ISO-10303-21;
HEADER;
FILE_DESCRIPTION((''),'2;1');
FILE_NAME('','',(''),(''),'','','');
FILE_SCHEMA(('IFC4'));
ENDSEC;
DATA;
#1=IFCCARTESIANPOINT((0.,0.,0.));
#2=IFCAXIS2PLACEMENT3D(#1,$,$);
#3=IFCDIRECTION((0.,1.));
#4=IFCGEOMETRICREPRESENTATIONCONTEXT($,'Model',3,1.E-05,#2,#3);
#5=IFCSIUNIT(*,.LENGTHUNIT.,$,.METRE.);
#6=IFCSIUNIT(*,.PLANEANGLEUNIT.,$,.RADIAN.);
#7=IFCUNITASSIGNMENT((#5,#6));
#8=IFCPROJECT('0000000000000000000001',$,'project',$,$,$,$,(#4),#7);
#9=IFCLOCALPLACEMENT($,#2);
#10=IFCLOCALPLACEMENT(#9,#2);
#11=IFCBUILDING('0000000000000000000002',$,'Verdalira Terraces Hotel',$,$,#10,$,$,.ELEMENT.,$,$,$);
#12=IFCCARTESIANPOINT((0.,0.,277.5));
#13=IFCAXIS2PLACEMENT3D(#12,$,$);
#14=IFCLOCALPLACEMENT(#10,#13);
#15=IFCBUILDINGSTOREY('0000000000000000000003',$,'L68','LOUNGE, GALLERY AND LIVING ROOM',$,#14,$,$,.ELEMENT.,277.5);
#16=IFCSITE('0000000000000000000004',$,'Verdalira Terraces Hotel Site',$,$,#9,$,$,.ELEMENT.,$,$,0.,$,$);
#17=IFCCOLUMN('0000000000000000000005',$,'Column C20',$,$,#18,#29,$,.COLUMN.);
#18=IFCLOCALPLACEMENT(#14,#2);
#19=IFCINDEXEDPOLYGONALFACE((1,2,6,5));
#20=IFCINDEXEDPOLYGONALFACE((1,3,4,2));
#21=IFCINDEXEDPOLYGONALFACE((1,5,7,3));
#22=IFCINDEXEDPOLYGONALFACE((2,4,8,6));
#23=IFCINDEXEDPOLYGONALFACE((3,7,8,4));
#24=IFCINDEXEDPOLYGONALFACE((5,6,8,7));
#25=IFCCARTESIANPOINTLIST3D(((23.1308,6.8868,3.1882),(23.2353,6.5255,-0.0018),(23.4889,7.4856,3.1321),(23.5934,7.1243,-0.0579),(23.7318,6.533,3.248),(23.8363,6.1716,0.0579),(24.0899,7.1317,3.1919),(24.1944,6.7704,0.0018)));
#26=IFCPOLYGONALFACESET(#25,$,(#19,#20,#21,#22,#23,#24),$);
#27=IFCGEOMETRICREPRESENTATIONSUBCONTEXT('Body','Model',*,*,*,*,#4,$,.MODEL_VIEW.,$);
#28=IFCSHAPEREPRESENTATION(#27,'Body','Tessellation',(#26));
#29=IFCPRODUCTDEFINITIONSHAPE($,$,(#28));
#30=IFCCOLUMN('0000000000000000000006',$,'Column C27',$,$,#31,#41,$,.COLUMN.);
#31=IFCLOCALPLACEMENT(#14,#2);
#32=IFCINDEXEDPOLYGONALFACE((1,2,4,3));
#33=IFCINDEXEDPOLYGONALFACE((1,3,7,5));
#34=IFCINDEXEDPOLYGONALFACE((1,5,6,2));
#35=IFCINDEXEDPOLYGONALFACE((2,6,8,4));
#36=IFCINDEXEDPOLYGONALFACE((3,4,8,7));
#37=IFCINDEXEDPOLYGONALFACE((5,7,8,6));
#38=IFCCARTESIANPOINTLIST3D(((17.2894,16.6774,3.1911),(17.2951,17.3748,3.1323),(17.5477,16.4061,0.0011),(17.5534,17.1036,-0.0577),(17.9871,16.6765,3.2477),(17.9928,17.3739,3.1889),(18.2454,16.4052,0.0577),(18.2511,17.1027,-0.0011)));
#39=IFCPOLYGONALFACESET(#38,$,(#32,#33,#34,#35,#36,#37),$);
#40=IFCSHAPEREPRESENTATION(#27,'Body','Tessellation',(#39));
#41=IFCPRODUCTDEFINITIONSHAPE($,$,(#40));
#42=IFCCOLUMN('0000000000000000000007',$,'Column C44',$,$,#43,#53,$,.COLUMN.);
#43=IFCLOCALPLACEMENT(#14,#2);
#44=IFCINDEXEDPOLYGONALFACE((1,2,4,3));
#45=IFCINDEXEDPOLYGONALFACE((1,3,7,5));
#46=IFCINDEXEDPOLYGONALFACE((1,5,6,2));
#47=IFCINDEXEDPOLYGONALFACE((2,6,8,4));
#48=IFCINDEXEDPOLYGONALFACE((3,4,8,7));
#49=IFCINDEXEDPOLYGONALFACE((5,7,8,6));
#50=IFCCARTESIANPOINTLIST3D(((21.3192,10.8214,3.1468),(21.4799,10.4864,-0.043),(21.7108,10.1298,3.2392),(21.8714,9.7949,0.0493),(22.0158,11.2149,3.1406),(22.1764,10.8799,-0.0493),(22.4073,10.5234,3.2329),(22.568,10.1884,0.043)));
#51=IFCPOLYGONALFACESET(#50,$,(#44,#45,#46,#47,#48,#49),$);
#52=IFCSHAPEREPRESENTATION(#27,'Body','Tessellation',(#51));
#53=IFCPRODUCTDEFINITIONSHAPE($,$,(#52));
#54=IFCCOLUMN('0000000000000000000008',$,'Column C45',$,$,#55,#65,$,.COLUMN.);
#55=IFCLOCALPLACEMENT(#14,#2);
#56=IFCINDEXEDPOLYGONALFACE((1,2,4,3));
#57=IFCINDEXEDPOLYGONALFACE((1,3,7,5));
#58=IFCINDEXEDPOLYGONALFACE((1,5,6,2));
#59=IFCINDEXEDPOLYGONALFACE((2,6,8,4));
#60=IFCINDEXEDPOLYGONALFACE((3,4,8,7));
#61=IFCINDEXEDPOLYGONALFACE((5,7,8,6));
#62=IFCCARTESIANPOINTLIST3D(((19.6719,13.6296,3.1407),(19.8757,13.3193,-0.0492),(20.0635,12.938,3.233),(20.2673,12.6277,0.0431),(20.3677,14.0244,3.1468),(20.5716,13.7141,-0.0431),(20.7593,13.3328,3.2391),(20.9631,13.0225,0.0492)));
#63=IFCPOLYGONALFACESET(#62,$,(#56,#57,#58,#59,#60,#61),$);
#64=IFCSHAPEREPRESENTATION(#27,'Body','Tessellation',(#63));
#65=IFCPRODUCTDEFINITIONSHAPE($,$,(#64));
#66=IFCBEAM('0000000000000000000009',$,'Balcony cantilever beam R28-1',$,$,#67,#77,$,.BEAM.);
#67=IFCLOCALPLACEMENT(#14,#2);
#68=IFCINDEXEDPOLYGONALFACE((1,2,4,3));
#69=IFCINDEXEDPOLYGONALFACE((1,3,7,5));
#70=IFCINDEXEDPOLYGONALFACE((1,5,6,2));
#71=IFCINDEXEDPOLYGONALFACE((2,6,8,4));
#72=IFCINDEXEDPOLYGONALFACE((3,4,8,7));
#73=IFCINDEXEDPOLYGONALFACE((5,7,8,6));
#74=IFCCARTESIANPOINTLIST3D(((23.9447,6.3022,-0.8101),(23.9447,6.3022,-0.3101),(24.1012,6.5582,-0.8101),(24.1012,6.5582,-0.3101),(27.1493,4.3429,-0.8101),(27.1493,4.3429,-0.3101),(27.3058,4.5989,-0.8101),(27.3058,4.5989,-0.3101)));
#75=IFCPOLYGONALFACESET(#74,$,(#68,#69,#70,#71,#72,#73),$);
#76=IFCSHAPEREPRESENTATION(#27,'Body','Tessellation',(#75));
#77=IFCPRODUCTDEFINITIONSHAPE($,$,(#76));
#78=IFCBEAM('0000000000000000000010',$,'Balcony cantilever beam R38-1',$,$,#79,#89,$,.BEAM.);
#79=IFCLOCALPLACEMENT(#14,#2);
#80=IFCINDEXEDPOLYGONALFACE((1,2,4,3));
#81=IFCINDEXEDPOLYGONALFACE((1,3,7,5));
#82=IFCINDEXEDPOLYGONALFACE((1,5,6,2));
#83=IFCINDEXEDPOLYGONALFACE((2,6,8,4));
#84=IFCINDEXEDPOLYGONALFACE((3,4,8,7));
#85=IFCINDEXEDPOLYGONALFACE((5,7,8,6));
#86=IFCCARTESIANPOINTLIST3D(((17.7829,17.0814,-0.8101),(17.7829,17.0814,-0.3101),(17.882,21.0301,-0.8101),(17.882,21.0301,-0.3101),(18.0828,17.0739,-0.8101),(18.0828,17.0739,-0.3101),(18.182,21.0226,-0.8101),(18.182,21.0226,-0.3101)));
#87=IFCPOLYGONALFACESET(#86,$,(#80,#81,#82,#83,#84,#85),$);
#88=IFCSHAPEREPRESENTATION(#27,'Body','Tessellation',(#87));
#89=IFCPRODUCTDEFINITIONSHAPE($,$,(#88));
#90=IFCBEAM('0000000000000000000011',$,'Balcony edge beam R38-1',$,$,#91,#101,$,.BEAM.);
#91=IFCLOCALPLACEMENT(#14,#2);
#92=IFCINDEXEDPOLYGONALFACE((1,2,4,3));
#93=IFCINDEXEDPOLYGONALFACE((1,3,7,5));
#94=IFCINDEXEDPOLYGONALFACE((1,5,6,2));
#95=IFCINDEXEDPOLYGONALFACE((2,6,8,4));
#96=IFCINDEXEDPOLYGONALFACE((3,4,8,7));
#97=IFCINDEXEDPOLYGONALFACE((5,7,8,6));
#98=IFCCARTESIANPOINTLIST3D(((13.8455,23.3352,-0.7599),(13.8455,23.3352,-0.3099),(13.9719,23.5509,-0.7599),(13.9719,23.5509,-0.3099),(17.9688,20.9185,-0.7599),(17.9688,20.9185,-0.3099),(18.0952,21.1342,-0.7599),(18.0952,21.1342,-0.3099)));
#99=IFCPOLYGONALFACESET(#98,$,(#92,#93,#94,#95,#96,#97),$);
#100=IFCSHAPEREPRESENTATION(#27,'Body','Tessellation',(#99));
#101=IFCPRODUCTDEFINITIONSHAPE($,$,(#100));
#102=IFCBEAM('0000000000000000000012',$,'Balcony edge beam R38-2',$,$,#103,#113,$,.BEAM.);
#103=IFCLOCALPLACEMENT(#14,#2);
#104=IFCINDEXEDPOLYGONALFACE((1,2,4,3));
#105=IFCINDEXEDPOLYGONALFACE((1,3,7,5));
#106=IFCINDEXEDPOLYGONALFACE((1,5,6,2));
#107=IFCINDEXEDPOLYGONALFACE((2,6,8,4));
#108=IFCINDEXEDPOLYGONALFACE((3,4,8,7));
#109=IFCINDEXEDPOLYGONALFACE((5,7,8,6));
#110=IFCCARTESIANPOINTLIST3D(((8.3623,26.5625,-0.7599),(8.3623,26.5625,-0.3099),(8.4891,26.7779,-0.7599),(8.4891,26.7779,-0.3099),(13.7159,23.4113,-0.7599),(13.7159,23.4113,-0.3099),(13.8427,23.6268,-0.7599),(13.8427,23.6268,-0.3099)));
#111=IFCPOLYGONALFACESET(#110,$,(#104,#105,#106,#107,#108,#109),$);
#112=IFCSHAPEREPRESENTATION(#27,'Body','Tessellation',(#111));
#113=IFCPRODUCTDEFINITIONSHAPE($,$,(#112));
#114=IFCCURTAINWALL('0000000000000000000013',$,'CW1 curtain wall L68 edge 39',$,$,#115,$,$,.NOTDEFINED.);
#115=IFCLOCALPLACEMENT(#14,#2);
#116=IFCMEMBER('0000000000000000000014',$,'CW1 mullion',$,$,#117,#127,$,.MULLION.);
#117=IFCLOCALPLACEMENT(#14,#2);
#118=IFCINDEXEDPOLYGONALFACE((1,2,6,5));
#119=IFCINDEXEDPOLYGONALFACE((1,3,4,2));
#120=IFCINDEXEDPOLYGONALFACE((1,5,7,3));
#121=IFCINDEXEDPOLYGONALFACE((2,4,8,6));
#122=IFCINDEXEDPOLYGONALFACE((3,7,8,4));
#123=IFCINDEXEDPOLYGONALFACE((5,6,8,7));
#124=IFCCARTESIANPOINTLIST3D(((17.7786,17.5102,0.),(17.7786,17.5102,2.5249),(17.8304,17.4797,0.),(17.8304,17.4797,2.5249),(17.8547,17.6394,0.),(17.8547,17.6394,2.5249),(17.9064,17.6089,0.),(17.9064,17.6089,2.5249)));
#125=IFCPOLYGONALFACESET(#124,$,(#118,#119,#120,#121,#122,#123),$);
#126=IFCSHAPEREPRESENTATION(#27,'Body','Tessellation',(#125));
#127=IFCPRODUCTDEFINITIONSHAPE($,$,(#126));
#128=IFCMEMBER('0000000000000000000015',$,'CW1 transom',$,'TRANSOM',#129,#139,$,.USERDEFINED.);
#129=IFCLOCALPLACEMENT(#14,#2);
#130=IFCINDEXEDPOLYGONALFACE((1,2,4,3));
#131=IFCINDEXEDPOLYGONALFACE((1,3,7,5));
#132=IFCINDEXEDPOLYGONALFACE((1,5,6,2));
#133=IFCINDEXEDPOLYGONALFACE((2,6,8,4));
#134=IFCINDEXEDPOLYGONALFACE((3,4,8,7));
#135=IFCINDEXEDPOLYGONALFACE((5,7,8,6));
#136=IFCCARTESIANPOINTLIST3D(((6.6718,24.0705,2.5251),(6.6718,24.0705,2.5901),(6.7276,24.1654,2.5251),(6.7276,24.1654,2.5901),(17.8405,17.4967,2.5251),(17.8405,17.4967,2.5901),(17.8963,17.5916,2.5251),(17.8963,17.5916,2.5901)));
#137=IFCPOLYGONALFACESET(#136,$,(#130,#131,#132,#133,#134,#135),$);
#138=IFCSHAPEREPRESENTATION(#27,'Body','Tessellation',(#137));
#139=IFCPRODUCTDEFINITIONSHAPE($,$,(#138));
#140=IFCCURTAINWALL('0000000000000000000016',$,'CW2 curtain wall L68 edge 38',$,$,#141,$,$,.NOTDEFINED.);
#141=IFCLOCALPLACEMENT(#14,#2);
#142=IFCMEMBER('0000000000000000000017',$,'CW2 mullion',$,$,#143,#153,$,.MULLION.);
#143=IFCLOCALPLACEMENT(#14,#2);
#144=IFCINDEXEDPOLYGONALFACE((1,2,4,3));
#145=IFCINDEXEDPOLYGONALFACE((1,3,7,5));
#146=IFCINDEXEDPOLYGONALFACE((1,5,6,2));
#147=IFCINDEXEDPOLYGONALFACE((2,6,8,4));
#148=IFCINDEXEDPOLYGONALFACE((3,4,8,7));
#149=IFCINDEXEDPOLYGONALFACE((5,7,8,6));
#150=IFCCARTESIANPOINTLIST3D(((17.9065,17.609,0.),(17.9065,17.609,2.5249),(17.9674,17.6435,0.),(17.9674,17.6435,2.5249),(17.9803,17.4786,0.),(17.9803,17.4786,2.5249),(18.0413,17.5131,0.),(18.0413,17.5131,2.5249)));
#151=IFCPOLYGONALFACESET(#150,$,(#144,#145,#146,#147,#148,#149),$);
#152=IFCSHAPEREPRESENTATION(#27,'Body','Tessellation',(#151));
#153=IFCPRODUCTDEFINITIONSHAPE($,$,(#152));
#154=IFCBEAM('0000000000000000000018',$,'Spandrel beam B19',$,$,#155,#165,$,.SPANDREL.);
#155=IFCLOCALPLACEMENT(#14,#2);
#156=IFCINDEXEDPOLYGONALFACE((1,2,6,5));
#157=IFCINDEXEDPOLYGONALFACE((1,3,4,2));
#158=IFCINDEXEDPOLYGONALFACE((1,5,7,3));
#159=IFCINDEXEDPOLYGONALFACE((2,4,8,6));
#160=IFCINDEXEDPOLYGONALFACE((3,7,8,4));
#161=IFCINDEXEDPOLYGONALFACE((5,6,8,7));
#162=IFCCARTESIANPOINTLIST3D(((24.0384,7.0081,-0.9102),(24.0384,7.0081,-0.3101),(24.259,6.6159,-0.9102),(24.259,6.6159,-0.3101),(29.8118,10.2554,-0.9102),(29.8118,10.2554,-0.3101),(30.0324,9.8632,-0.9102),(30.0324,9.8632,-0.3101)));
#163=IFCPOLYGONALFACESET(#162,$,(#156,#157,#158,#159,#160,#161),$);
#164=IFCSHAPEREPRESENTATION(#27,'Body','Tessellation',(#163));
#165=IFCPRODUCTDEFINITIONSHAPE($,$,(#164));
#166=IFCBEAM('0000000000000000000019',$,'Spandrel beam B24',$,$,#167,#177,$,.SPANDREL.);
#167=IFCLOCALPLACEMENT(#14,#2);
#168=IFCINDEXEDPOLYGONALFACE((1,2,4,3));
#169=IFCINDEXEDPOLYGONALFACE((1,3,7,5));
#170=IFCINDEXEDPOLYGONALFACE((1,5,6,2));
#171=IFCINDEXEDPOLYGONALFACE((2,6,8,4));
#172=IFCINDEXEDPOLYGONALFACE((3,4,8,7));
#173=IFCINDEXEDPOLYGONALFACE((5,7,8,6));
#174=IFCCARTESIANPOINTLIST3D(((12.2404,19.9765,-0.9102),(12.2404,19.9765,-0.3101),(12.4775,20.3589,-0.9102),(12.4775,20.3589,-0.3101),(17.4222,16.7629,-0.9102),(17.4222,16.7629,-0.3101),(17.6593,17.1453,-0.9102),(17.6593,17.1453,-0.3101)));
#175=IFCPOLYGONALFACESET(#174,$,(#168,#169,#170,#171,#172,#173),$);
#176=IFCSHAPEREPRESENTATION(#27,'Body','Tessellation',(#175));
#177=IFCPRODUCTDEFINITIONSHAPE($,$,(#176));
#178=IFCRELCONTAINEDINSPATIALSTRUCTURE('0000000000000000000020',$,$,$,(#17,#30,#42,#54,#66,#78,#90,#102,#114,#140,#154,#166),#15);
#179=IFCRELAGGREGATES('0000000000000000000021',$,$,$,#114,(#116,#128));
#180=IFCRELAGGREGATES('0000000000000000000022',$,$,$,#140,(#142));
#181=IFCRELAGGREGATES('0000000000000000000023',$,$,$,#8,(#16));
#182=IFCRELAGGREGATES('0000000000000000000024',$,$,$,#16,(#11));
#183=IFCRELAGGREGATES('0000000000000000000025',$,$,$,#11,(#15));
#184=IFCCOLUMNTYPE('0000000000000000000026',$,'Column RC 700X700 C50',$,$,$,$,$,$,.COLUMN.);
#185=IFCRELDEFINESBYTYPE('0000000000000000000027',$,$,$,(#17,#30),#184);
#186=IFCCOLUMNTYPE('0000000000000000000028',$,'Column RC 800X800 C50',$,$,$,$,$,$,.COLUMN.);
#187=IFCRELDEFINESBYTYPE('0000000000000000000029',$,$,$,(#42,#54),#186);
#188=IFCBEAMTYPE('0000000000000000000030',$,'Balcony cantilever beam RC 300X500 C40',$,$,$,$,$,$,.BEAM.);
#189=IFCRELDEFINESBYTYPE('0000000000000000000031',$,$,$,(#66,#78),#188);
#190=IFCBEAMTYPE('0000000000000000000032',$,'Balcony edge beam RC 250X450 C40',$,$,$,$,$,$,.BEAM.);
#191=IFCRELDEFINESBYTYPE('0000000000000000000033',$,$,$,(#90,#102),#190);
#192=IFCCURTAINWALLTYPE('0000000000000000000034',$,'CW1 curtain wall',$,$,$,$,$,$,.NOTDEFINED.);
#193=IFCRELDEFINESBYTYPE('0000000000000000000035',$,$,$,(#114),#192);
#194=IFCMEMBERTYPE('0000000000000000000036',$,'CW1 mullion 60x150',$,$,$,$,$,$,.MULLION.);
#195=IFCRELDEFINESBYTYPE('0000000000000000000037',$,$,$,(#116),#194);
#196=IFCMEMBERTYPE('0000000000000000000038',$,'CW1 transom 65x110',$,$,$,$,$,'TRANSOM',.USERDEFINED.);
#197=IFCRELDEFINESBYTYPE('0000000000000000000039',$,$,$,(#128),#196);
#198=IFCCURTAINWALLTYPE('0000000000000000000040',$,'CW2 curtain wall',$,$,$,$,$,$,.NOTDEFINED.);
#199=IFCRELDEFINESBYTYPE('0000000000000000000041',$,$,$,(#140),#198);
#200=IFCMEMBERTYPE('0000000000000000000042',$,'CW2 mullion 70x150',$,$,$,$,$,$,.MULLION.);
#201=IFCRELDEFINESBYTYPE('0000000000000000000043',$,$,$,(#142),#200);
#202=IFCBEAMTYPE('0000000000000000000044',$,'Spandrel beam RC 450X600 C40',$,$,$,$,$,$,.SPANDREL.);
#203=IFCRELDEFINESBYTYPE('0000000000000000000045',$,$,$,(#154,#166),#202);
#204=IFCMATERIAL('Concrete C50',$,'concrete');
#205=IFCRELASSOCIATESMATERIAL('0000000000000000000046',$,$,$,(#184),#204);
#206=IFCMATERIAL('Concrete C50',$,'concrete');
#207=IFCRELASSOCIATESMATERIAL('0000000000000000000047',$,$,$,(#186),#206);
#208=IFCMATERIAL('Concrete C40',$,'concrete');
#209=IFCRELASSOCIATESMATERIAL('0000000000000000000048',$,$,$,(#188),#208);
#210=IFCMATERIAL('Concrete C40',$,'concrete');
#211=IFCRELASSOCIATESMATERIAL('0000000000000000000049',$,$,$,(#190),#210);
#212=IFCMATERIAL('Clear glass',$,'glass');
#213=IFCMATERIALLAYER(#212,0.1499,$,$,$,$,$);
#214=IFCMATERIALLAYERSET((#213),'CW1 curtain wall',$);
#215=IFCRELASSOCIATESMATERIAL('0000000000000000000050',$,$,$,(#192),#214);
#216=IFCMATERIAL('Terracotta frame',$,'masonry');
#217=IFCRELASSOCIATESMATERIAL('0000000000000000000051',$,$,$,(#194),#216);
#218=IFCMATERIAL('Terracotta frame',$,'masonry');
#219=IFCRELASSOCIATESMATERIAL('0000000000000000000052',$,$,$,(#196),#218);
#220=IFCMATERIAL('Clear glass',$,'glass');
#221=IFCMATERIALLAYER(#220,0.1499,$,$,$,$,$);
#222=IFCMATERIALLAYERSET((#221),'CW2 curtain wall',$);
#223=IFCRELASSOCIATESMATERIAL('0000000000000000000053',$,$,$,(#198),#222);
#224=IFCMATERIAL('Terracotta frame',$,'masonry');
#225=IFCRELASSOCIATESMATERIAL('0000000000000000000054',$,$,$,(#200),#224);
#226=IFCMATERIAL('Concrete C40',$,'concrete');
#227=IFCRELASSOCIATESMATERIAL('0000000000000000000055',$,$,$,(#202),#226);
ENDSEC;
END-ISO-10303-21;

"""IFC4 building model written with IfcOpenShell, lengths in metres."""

from ifc_helpers import new_model, si_unit, direction, frame, origin, origin_2d, place, context, subcontext, project, spatial, rectangle, extrude, material, layer, layer_set, material_profile, profile_set, type_object, element, aggregate, save


model = new_model("IFC4")

# Units and contexts
model_context = context("Model", 3, precision=1e-05, world=origin(), true_north=direction((0.0, 1.0)))
body_context = subcontext(model_context, "Body", "Model", "MODEL_VIEW")
ifc_project = project(units=[si_unit("LENGTHUNIT", "METRE"), si_unit("PLANEANGLEUNIT", "RADIAN")], contexts=[model_context])

# Site, building, storey
site_placement = place(None, origin())
site = spatial("IfcSite", under=ifc_project, at=site_placement, Name="Verdalira Terraces Hotel Site", CompositionType="ELEMENT", RefElevation=0.0)
building_placement = place(site_placement, origin())
building = spatial("IfcBuilding", under=site, at=building_placement, Name="Verdalira Terraces Hotel", CompositionType="ELEMENT")
storey_placement = place(building_placement, frame((0.0, 0.0, 277.5)))
storey = spatial("IfcBuildingStorey", under=building, at=storey_placement, Name="L68", Description="LOUNGE, GALLERY AND LIVING ROOM", CompositionType="ELEMENT", Elevation=277.5)

# Columns
ifc_material_1 = material(Name="Concrete C50", Category="concrete")
ifc_material_profile_1 = material_profile(ifc_material_1, rectangle(XDim=0.7, YDim=0.7, at=origin_2d()), Name="RC 700X700")
ifc_profile_set_1 = profile_set([ifc_material_profile_1], Name="Concrete C50")
column_type_1 = type_object("IfcColumnType", Name="Column RC 700X700 C50", PredefinedType="COLUMN", material=ifc_profile_set_1)
column_1_placement = place(storey_placement, frame((23.7148, 6.6479, 0.0), z_axis=(-0.032531, 0.112492, 0.99312), x_axis=(-0.511668, -0.855438, 0.080136)))
element("IfcColumn", 1, at=column_1_placement, inside=storey, type_object=column_type_1, Name="Column C20", PredefinedType="COLUMN", context=body_context, shape_type="SweptSolid", body=[
    extrude(rectangle(XDim=0.7, YDim=0.7, at=origin_2d()), origin(), (0.0, 0.0, 1.0), 3.2122),
])
column_2_placement = place(storey_placement, frame((17.8994, 16.7544, 0.0), z_axis=(-0.080421, 0.08445, 0.993177), x_axis=(0.996728, -0.001319, 0.080821)))
element("IfcColumn", 2, at=column_2_placement, inside=storey, type_object=column_type_1, Name="Column C27", PredefinedType="COLUMN", context=body_context, shape_type="SweptSolid", body=[
    extrude(rectangle(XDim=0.7, YDim=0.7, at=origin_2d()), origin(), (0.0, 0.0, 1.0), 3.2119),
])
ifc_material_2 = material(Name="Concrete C50", Category="concrete")
ifc_material_profile_2 = material_profile(ifc_material_2, rectangle(XDim=0.8, YDim=0.8, at=origin_2d()), Name="RC 800X800")
ifc_profile_set_2 = profile_set([ifc_material_profile_2], Name="Concrete C50")
column_type_2 = type_object("IfcColumnType", Name="Column RC 800X800 C50", PredefinedType="COLUMN", material=ifc_profile_set_2)
for number, where, z_axis, x_axis, name in (
    (3, (22.0239, 10.3374, 0.0), (-0.050022, 0.1043, 0.993287), (0.87062, 0.491895, -0.007807), "Column C44"),
    (4, (20.4194, 13.1709, 0.0), (-0.063478, 0.096623, 0.993295), (0.869721, 0.493485, 0.007577), "Column C45"),
):
    element("IfcColumn", number, at=place(storey_placement, frame(where, z_axis=z_axis, x_axis=x_axis)), inside=storey, type_object=column_type_2, Name=name, PredefinedType="COLUMN", context=body_context, shape_type="SweptSolid", body=[
        extrude(rectangle(XDim=0.8, YDim=0.8, at=origin_2d()), origin(), (0.0, 0.0, 1.0), 3.2114),
    ])

# Beams
ifc_material_3 = material(Name="Concrete C40", Category="concrete")
ifc_material_profile_3 = material_profile(ifc_material_3, rectangle(XDim=0.3, YDim=0.5, at=origin_2d()), Name="RC 300X500")
ifc_profile_set_3 = profile_set([ifc_material_profile_3], Name="Concrete C40")
beam_type_1 = type_object("IfcBeamType", Name="Balcony cantilever beam RC 300X500 C40", PredefinedType="BEAM", material=ifc_profile_set_3)
beam_1_placement = place(storey_placement, frame((24.0229, 6.4302, -0.5601), z_axis=(0.853179, -0.521618, 0.0), x_axis=(0.521618, 0.853179, 0.0)))
element("IfcBeam", 5, at=beam_1_placement, inside=storey, type_object=beam_type_1, Name="Balcony cantilever beam R28-1", PredefinedType="BEAM", context=body_context, shape_type="SweptSolid", body=[
    extrude(rectangle(XDim=0.3, YDim=0.5, at=origin_2d()), origin(), (0.0, 0.0, 1.0), 3.7561),
])
beam_2_placement = place(storey_placement, frame((17.9329, 17.0776, -0.5601), z_axis=(0.025094, 0.999685, 0.0), x_axis=(-0.999685, 0.025094, 0.0)))
element("IfcBeam", 6, at=beam_2_placement, inside=storey, type_object=beam_type_1, Name="Balcony cantilever beam R38-1", PredefinedType="BEAM", context=body_context, shape_type="SweptSolid", body=[
    extrude(rectangle(XDim=0.3, YDim=0.5, at=origin_2d()), origin(), (0.0, 0.0, 1.0), 3.95),
])
ifc_material_4 = material(Name="Concrete C40", Category="concrete")
ifc_material_profile_4 = material_profile(ifc_material_4, rectangle(XDim=0.25, YDim=0.45, at=origin_2d()), Name="RC 250X450")
ifc_profile_set_4 = profile_set([ifc_material_profile_4], Name="Concrete C40")
beam_type_2 = type_object("IfcBeamType", Name="Balcony edge beam RC 250X450 C40", PredefinedType="BEAM", material=ifc_profile_set_4)
beam_3_placement = place(storey_placement, frame((18.032, 21.0264, -0.5349), z_axis=(-0.86273, 0.505664, 0.0), x_axis=(-0.505664, -0.86273, 0.0)))
element("IfcBeam", 7, at=beam_3_placement, inside=storey, type_object=beam_type_2, Name="Balcony edge beam R38-1", PredefinedType="BEAM", context=body_context, shape_type="SweptSolid", body=[
    extrude(rectangle(XDim=0.25, YDim=0.45, at=origin_2d()), origin(), (0.0, 0.0, 1.0), 4.7793),
])
beam_4_placement = place(storey_placement, frame((13.7793, 23.519, -0.5349), z_axis=(-0.861794, 0.507259, 0.0), x_axis=(-0.507259, -0.861794, 0.0)))
element("IfcBeam", 8, at=beam_4_placement, inside=storey, type_object=beam_type_2, Name="Balcony edge beam R38-2", PredefinedType="BEAM", context=body_context, shape_type="SweptSolid", body=[
    extrude(rectangle(XDim=0.25, YDim=0.45, at=origin_2d()), origin(), (0.0, 0.0, 1.0), 6.2122),
])

# Curtain wall, members
ifc_material_5 = material(Name="Clear glass", Category="glass")
ifc_layer_1 = layer(ifc_material_5, 0.1499)
ifc_layer_set_1 = layer_set([ifc_layer_1], Name="CW1 curtain wall")
curtain_wall_type_1 = type_object("IfcCurtainWallType", Name="CW1 curtain wall", PredefinedType="NOTDEFINED", material=ifc_layer_set_1)
curtain_wall_1_placement = place(storey_placement, origin())
curtain_wall_1 = element("IfcCurtainWall", 9, at=curtain_wall_1_placement, inside=storey, type_object=curtain_wall_type_1, Name="CW1 curtain wall L68 edge 39", PredefinedType="NOTDEFINED")
ifc_material_6 = material(Name="Terracotta frame", Category="masonry")
ifc_material_profile_5 = material_profile(ifc_material_6, rectangle(XDim=0.0601, YDim=0.1499, at=origin_2d()), Name="MU 60x150")
ifc_profile_set_5 = profile_set([ifc_material_profile_5], Name="Terracotta frame")
member_type_1 = type_object("IfcMemberType", Name="CW1 mullion 60x150", PredefinedType="MULLION", material=ifc_profile_set_5)
member_1_placement = place(storey_placement, frame((17.8425, 17.5596, 0.0), z_axis=(0.0, 0.0, 1.0), x_axis=(-0.861806, 0.507238, 0.0)))
member_1 = element("IfcMember", 10, at=member_1_placement, type_object=member_type_1, Name="CW1 mullion", PredefinedType="MULLION", context=body_context, shape_type="SweptSolid", body=[
    extrude(rectangle(XDim=0.0601, YDim=0.1499, at=origin_2d()), origin(), (0.0, 0.0, 1.0), 2.5249),
])
ifc_material_7 = material(Name="Terracotta frame", Category="masonry")
ifc_material_profile_6 = material_profile(ifc_material_7, rectangle(XDim=0.1101, YDim=0.0649, at=origin_2d()), Name="TR 65x110")
ifc_profile_set_6 = profile_set([ifc_material_profile_6], Name="Terracotta frame")
member_type_2 = type_object("IfcMemberType", Name="CW1 transom 65x110", ElementType="TRANSOM", PredefinedType="USERDEFINED", material=ifc_profile_set_6)
member_2_placement = place(storey_placement, frame((17.8684, 17.5442, 2.5576), z_axis=(-0.861802, 0.507244, 0.0), x_axis=(-0.507244, -0.861802, 0.0)))
member_2 = element("IfcMember", 11, at=member_2_placement, type_object=member_type_2, Name="CW1 transom", ObjectType="TRANSOM", PredefinedType="USERDEFINED", context=body_context, shape_type="SweptSolid", body=[
    extrude(rectangle(XDim=0.1101, YDim=0.0649, at=origin_2d()), origin(), (0.0, 0.0, 1.0), 12.9597),
])

# Curtain wall, member
ifc_material_8 = material(Name="Clear glass", Category="glass")
ifc_layer_2 = layer(ifc_material_8, 0.1499)
ifc_layer_set_2 = layer_set([ifc_layer_2], Name="CW2 curtain wall")
curtain_wall_type_2 = type_object("IfcCurtainWallType", Name="CW2 curtain wall", PredefinedType="NOTDEFINED", material=ifc_layer_set_2)
curtain_wall_2_placement = place(storey_placement, origin())
curtain_wall_2 = element("IfcCurtainWall", 12, at=curtain_wall_2_placement, inside=storey, type_object=curtain_wall_type_2, Name="CW2 curtain wall L68 edge 38", PredefinedType="NOTDEFINED")
ifc_material_9 = material(Name="Terracotta frame", Category="masonry")
ifc_material_profile_7 = material_profile(ifc_material_9, rectangle(XDim=0.0701, YDim=0.1499, at=origin_2d()), Name="MU 70x150")
ifc_profile_set_7 = profile_set([ifc_material_profile_7], Name="Terracotta frame")
member_type_3 = type_object("IfcMemberType", Name="CW2 mullion 70x150", PredefinedType="MULLION", material=ifc_profile_set_7)
member_3_placement = place(storey_placement, frame((17.9739, 17.561, 0.0), z_axis=(0.0, 0.0, 1.0), x_axis=(-0.870184, -0.492727, 0.0)))
member_3 = element("IfcMember", 13, at=member_3_placement, type_object=member_type_3, Name="CW2 mullion", PredefinedType="MULLION", context=body_context, shape_type="SweptSolid", body=[
    extrude(rectangle(XDim=0.0701, YDim=0.1499, at=origin_2d()), origin(), (0.0, 0.0, 1.0), 2.5249),
])

# Beams
ifc_material_10 = material(Name="Concrete C40", Category="concrete")
ifc_material_profile_8 = material_profile(ifc_material_10, rectangle(XDim=0.45, YDim=0.6001, at=origin_2d()), Name="RC 450X600")
ifc_profile_set_8 = profile_set([ifc_material_profile_8], Name="Concrete C40")
beam_type_3 = type_object("IfcBeamType", Name="Spandrel beam RC 450X600 C40", PredefinedType="SPANDREL", material=ifc_profile_set_8)
beam_5_placement = place(storey_placement, frame((24.1487, 6.812, -0.6101), z_axis=(0.871591, 0.490233, 0.0), x_axis=(-0.490233, 0.871591, 0.0)))
element("IfcBeam", 14, at=beam_5_placement, inside=storey, type_object=beam_type_3, Name="Spandrel beam B19", PredefinedType="SPANDREL", context=body_context, shape_type="SweptSolid", body=[
    extrude(rectangle(XDim=0.45, YDim=0.6001, at=origin_2d()), origin(), (0.0, 0.0, 1.0), 6.624),
])
beam_6_placement = place(storey_placement, frame((17.5408, 16.9541, -0.6101), z_axis=(-0.84984, 0.527041, 0.0), x_axis=(-0.527041, -0.84984, 0.0)))
element("IfcBeam", 15, at=beam_6_placement, inside=storey, type_object=beam_type_3, Name="Spandrel beam B24", PredefinedType="SPANDREL", context=body_context, shape_type="SweptSolid", body=[
    extrude(rectangle(XDim=0.45, YDim=0.6001, at=origin_2d()), origin(), (0.0, 0.0, 1.0), 6.0974),
])

aggregate(curtain_wall_1, [member_1, member_2])
aggregate(curtain_wall_2, [member_3])

save(model, "model.ifc")
